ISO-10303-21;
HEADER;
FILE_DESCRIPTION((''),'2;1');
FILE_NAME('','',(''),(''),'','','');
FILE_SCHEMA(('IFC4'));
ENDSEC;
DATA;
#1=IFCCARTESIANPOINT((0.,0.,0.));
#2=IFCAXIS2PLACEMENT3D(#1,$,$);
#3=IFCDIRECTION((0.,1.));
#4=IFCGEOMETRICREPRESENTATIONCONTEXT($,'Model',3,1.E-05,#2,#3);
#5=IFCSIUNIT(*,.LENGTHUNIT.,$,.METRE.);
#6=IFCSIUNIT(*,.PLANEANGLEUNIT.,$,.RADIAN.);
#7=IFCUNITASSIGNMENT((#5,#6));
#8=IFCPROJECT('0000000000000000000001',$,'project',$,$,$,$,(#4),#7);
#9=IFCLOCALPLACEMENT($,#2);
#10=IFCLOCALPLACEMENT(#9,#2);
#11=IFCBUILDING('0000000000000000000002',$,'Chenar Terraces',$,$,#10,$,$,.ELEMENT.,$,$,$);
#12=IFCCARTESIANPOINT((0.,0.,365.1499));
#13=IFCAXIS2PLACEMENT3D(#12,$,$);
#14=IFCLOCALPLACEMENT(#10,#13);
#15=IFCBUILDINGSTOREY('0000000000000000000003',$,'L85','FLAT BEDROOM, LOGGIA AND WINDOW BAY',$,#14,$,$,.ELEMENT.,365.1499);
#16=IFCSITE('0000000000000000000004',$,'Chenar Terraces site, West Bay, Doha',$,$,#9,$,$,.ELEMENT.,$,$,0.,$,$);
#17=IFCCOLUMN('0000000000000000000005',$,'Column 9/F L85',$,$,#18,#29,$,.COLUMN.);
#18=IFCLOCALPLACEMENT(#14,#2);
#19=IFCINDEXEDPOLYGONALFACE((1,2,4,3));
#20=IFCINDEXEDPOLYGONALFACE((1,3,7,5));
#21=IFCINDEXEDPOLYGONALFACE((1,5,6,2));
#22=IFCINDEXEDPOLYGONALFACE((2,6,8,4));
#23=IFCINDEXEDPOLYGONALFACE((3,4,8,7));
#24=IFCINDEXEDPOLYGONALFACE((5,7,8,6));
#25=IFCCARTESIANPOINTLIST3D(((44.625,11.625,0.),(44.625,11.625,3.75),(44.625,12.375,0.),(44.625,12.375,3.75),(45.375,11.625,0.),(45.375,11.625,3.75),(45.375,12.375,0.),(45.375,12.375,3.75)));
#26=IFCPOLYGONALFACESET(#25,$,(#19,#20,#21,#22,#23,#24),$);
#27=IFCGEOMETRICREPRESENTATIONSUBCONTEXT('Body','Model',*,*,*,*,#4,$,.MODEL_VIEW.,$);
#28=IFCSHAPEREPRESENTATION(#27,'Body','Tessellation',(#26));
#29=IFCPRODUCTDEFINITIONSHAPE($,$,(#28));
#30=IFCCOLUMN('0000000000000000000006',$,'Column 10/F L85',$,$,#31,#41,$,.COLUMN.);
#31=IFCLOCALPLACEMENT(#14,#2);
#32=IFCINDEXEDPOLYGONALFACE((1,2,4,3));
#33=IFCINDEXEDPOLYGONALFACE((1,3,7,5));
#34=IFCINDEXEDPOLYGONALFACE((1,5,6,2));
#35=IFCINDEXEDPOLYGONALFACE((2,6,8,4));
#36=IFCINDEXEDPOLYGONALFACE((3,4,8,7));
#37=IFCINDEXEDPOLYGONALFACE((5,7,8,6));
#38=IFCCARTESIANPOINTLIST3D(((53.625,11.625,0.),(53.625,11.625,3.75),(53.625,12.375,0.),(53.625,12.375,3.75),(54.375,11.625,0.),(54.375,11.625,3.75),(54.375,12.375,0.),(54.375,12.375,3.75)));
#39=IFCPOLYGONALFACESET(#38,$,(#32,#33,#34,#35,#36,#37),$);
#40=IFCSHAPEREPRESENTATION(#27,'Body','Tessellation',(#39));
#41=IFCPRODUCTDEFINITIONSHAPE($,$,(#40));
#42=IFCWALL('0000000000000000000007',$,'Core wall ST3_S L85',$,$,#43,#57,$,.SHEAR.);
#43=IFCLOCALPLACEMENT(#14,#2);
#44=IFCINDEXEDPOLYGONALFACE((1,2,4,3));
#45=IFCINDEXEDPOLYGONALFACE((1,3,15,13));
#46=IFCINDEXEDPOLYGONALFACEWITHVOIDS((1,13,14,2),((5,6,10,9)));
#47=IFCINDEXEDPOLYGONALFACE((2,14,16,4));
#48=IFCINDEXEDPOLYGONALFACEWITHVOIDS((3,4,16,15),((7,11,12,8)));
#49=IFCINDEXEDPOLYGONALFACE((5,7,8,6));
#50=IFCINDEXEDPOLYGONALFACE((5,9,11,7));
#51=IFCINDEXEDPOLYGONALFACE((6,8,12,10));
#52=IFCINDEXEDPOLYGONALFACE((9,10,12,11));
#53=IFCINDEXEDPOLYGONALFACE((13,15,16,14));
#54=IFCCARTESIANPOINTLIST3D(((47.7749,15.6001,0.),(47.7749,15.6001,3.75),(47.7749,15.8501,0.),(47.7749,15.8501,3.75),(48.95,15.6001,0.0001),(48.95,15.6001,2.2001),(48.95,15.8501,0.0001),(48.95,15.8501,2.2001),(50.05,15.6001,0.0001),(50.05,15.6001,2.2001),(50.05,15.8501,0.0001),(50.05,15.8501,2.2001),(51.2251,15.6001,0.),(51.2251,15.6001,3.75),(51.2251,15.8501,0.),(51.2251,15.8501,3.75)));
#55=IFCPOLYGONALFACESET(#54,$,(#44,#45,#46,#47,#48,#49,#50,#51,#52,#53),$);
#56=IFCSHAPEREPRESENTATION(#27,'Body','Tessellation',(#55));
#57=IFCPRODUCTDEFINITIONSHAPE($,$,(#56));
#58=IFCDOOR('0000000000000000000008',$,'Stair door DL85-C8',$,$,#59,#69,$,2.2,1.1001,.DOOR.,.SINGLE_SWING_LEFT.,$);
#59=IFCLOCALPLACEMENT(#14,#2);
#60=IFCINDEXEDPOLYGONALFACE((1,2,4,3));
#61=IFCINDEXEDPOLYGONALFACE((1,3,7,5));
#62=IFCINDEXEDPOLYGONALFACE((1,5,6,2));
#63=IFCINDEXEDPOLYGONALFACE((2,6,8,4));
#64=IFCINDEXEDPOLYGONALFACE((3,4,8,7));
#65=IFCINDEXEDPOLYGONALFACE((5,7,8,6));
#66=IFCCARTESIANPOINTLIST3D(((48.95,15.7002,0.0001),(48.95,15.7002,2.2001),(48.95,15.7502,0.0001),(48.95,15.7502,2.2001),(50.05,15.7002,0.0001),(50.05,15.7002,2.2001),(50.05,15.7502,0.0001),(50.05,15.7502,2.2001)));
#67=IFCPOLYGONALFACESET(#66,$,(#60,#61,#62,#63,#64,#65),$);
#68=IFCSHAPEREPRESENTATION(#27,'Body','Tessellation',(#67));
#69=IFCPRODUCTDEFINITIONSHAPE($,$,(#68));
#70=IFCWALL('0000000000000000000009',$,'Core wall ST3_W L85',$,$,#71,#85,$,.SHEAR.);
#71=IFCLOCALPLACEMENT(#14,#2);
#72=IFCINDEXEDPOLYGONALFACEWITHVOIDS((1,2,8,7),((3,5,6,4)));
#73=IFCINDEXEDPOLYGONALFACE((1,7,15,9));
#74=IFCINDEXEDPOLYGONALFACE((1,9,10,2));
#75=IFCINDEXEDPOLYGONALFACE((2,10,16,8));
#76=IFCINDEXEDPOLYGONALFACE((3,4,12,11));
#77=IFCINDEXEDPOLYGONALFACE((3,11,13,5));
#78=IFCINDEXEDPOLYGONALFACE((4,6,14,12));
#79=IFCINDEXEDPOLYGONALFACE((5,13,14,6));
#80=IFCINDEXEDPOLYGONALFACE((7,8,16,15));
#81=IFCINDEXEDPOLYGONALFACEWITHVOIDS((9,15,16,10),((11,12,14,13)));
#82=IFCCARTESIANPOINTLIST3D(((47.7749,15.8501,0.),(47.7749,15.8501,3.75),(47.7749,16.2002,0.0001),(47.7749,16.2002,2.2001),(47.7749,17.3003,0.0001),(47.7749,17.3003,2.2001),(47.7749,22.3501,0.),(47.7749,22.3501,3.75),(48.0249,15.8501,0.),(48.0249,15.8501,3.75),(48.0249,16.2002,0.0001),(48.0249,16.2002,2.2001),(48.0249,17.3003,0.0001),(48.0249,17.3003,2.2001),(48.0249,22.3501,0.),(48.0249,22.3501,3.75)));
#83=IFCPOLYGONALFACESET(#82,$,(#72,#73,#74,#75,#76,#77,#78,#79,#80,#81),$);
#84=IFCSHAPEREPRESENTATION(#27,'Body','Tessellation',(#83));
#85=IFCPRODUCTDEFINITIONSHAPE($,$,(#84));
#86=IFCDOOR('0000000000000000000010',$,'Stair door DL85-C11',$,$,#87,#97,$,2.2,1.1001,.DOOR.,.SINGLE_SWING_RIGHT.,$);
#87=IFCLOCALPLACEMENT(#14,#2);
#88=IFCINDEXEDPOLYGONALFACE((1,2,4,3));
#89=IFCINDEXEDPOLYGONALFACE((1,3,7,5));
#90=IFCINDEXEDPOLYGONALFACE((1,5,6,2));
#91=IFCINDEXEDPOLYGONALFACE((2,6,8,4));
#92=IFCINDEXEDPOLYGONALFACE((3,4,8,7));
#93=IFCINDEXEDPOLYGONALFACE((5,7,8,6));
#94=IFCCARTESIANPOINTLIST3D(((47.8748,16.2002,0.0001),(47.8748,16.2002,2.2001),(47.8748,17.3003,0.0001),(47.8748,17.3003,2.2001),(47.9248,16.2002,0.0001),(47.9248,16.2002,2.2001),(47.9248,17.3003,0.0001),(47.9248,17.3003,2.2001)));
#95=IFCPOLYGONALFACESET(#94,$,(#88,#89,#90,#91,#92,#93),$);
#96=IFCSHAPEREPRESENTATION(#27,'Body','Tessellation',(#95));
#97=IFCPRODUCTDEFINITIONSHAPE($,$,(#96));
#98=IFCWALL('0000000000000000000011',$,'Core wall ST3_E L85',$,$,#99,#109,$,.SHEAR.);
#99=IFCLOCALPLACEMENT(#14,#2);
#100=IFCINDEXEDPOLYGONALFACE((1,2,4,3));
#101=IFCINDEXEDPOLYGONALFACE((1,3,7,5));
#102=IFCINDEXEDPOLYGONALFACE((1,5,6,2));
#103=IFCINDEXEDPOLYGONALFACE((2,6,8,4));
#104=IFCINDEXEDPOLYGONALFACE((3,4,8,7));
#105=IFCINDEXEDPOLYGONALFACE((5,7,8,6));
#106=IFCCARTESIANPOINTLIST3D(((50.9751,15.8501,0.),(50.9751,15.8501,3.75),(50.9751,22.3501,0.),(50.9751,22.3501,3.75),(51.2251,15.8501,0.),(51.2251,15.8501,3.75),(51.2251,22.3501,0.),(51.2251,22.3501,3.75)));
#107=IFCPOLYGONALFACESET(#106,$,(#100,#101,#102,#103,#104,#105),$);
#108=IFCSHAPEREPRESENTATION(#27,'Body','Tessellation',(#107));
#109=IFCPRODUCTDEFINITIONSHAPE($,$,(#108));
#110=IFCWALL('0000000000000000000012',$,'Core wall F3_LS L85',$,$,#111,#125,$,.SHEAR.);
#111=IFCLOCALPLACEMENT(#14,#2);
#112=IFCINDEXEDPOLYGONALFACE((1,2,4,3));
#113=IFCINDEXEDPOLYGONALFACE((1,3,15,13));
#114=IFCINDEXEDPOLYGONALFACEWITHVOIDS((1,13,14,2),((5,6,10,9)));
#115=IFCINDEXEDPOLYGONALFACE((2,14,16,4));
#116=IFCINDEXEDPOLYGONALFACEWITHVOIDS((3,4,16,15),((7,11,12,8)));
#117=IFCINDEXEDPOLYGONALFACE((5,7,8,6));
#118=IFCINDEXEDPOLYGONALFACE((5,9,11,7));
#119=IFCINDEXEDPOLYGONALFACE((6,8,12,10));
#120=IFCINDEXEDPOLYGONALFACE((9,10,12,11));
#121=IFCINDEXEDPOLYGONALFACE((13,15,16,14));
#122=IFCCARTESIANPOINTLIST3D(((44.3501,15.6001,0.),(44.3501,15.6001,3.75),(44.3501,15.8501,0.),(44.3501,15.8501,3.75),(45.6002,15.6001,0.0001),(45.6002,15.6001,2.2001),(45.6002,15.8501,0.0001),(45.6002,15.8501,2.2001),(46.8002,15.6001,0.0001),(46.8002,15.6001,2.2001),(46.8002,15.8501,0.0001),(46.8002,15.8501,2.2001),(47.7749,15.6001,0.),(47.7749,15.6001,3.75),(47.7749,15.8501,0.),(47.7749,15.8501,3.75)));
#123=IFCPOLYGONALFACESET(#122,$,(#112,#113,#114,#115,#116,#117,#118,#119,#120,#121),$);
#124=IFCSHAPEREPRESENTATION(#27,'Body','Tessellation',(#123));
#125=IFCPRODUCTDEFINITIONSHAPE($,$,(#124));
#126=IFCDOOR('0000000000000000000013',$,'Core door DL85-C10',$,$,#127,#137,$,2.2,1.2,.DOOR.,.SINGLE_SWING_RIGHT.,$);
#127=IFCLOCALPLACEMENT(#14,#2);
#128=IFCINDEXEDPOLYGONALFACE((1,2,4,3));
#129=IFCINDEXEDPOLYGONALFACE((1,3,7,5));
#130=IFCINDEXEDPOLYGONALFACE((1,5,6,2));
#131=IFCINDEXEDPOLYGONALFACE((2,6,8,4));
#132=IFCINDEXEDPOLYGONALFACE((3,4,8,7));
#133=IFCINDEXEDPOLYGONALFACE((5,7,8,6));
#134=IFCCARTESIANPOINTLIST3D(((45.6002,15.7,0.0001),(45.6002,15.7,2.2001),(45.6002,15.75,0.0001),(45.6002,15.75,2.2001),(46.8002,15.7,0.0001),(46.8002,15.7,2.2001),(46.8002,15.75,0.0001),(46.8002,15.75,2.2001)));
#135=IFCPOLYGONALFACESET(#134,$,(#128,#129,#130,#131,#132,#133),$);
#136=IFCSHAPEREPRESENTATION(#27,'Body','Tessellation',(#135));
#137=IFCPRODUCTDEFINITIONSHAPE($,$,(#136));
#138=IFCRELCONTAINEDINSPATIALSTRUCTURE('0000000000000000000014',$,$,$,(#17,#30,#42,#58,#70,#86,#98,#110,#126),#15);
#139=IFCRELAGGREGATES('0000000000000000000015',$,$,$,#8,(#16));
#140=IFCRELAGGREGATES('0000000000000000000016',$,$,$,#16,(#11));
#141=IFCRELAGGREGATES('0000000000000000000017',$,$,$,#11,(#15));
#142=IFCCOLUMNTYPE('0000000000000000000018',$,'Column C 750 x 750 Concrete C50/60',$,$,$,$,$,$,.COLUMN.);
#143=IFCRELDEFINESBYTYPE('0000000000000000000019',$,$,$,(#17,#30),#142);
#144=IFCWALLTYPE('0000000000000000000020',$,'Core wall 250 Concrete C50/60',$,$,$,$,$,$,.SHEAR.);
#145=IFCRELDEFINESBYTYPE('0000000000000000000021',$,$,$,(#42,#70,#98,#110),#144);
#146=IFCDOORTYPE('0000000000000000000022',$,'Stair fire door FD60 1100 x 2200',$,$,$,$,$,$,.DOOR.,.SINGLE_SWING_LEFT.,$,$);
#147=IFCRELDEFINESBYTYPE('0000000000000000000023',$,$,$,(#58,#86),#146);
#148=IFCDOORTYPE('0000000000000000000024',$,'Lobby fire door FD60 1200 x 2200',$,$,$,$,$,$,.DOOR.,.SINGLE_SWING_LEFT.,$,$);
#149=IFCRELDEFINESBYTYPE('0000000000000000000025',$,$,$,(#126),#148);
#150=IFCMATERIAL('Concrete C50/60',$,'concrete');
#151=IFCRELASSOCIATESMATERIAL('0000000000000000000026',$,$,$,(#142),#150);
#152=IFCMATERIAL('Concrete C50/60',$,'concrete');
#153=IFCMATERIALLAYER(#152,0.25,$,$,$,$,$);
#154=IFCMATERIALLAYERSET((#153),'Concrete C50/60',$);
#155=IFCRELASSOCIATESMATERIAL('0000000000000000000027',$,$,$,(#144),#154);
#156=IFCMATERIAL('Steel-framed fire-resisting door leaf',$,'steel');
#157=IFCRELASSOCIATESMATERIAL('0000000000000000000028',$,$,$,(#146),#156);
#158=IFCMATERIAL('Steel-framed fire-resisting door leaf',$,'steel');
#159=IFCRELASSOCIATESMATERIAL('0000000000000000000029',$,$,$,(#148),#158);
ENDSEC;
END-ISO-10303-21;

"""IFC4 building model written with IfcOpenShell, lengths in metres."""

from ifc_helpers import new_model, si_unit, direction, frame, frame_2d, origin, origin_2d, place, context, subcontext, project, spatial, rectangle, extrude, material, layer, layer_set, material_profile, profile_set, type_object, element, fill, save


model = new_model("IFC4")

# Units and contexts
model_context = context("Model", 3, precision=1e-05, world=origin(), true_north=direction((0.0, 1.0)))
body_context = subcontext(model_context, "Body", "Model", "MODEL_VIEW")
ifc_project = project(units=[si_unit("LENGTHUNIT", "METRE"), si_unit("PLANEANGLEUNIT", "RADIAN")], contexts=[model_context])

# Site, building, storey
site_placement = place(None, origin())
site = spatial("IfcSite", under=ifc_project, at=site_placement, Name="Chenar Terraces site, West Bay, Doha", CompositionType="ELEMENT", RefElevation=0.0)
building_placement = place(site_placement, origin())
building = spatial("IfcBuilding", under=site, at=building_placement, Name="Chenar Terraces", CompositionType="ELEMENT")
storey_placement = place(building_placement, frame((0.0, 0.0, 365.1499)))
storey = spatial("IfcBuildingStorey", under=building, at=storey_placement, Name="L85", Description="FLAT BEDROOM, LOGGIA AND WINDOW BAY", CompositionType="ELEMENT", Elevation=365.1499)

# Columns
ifc_material_1 = material(Name="Concrete C50/60", Category="concrete")
ifc_material_profile = material_profile(ifc_material_1, rectangle(XDim=0.75, YDim=0.75, at=origin_2d()), Name="C 750 x 750")
ifc_profile_set = profile_set([ifc_material_profile], Name="Concrete C50/60")
column_type = type_object("IfcColumnType", Name="Column C 750 x 750 Concrete C50/60", PredefinedType="COLUMN", material=ifc_profile_set)
for number, where, z_axis, x_axis, name in (
    (1, (45.0, 12.0, 0.0), (0.0, 0.0, 1.0), (1.0, 0.0, 0.0), "Column 9/F L85"),
    (2, (54.0, 12.0, 0.0), (0.0, 0.0, 1.0), (1.0, 0.0, 0.0), "Column 10/F L85"),
):
    element("IfcColumn", number, at=place(storey_placement, frame(where, z_axis=z_axis, x_axis=x_axis)), inside=storey, type_object=column_type, Name=name, PredefinedType="COLUMN", context=body_context, shape_type="SweptSolid", body=[
        extrude(rectangle(XDim=0.75, YDim=0.75, at=origin_2d()), origin(), (0.0, 0.0, 1.0), 3.75),
    ])

# Walls, openings, doors
ifc_material_2 = material(Name="Concrete C50/60", Category="concrete")
ifc_layer_1 = layer(ifc_material_2, 0.25)
ifc_layer_set_1 = layer_set([ifc_layer_1], Name="Concrete C50/60")
wall_type_1 = type_object("IfcWallType", Name="Core wall 250 Concrete C50/60", PredefinedType="SHEAR", material=ifc_layer_set_1)
wall_1_placement = place(storey_placement, frame((47.7749, 15.7251, 0.0), z_axis=(0.0, 0.0, 1.0), x_axis=(1.0, 0.0, 0.0)))
wall_1 = element("IfcWall", 3, at=wall_1_placement, inside=storey, type_object=wall_type_1, Name="Core wall ST3_S L85", PredefinedType="SHEAR", context=body_context, shape_type="SweptSolid", body=[
    extrude(rectangle(XDim=3.4502, YDim=0.25, at=frame_2d((1.7251, 0.0))), origin(), (0.0, 0.0, 1.0), 3.75),
])
opening_1_placement = place(wall_1_placement, frame((1.175, 0.0, 0.0)))
opening_1 = element("IfcOpeningElement", 4, at=opening_1_placement, cuts=wall_1, PredefinedType="OPENING", context=body_context, shape_type="SweptSolid", body=[
    extrude(rectangle(XDim=1.1001, YDim=2.2, at=frame_2d((0.55, 1.1001))), frame((0.0, 0.135, 0.0), z_axis=(0.0, -1.0, 0.0), x_axis=(1.0, 0.0, 0.0)), (0.0, 0.0, 1.0), 0.27),
])
ifc_material_3 = material(Name="Steel-framed fire-resisting door leaf", Category="steel")
door_type_1 = type_object("IfcDoorType", Name="Stair fire door FD60 1100 x 2200", OperationType="SINGLE_SWING_LEFT", PredefinedType="DOOR", material=ifc_material_3)
door_1_placement = place(opening_1_placement, frame((1.1001, 0.0, 0.0), z_axis=(0.0, 0.0, 1.0), x_axis=(-1.0, 0.0, 0.0)))
door_1 = element("IfcDoor", 5, at=door_1_placement, inside=storey, type_object=door_type_1, Name="Stair door DL85-C8", OperationType="SINGLE_SWING_LEFT", OverallHeight=2.2, OverallWidth=1.1001, PredefinedType="DOOR", context=body_context, shape_type="SweptSolid", body=[
    extrude(rectangle(XDim=1.1001, YDim=2.2, at=frame_2d((0.55, 1.1001))), frame((0.0, 0.0249, 0.0), z_axis=(0.0, -1.0, 0.0), x_axis=(1.0, 0.0, 0.0)), (0.0, 0.0, 1.0), 0.05),
])
fill(opening_1, door_1)
wall_2_placement = place(storey_placement, frame((47.8999, 15.8501, 0.0), z_axis=(0.0, 0.0, 1.0), x_axis=(0.0, 1.0, 0.0)))
wall_2 = element("IfcWall", 6, at=wall_2_placement, inside=storey, type_object=wall_type_1, Name="Core wall ST3_W L85", PredefinedType="SHEAR", context=body_context, shape_type="SweptSolid", body=[
    extrude(rectangle(XDim=6.5, YDim=0.25, at=frame_2d((3.25, 0.0))), origin(), (0.0, 0.0, 1.0), 3.75),
])
opening_2_placement = place(wall_2_placement, frame((0.3501, 0.0, 0.0)))
opening_2 = element("IfcOpeningElement", 7, at=opening_2_placement, cuts=wall_2, PredefinedType="OPENING", context=body_context, shape_type="SweptSolid", body=[
    extrude(rectangle(XDim=1.1001, YDim=2.2, at=frame_2d((0.55, 1.1001))), frame((0.0, 0.135, 0.0), z_axis=(0.0, -1.0, 0.0), x_axis=(1.0, 0.0, 0.0)), (0.0, 0.0, 1.0), 0.27),
])
door_2_placement = place(opening_2_placement, frame((1.1001, 0.0, 0.0), z_axis=(0.0, 0.0, 1.0), x_axis=(-1.0, 0.0, 0.0)))
door_2 = element("IfcDoor", 8, at=door_2_placement, inside=storey, type_object=door_type_1, Name="Stair door DL85-C11", OperationType="SINGLE_SWING_RIGHT", OverallHeight=2.2, OverallWidth=1.1001, PredefinedType="DOOR", context=body_context, shape_type="SweptSolid", body=[
    extrude(rectangle(XDim=1.1001, YDim=2.2, at=frame_2d((0.55, 1.1001))), frame((0.0, 0.0249, 0.0), z_axis=(0.0, -1.0, 0.0), x_axis=(1.0, 0.0, 0.0)), (0.0, 0.0, 1.0), 0.05),
])
fill(opening_2, door_2)

# Wall
wall_3_placement = place(storey_placement, frame((51.1001, 15.8501, 0.0), z_axis=(0.0, 0.0, 1.0), x_axis=(0.0, 1.0, 0.0)))
element("IfcWall", 9, at=wall_3_placement, inside=storey, type_object=wall_type_1, Name="Core wall ST3_E L85", PredefinedType="SHEAR", context=body_context, shape_type="SweptSolid", body=[
    extrude(rectangle(XDim=6.5, YDim=0.25, at=frame_2d((3.25, 0.0))), origin(), (0.0, 0.0, 1.0), 3.75),
])

# Wall, opening, door
wall_4_placement = place(storey_placement, frame((44.3501, 15.7251, 0.0), z_axis=(0.0, 0.0, 1.0), x_axis=(1.0, 0.0, 0.0)))
wall_4 = element("IfcWall", 10, at=wall_4_placement, inside=storey, type_object=wall_type_1, Name="Core wall F3_LS L85", PredefinedType="SHEAR", context=body_context, shape_type="SweptSolid", body=[
    extrude(rectangle(XDim=3.4248, YDim=0.25, at=frame_2d((1.7124, 0.0))), origin(), (0.0, 0.0, 1.0), 3.75),
])
opening_3_placement = place(wall_4_placement, frame((1.25, 0.0, 0.0)))
opening_3 = element("IfcOpeningElement", 11, at=opening_3_placement, cuts=wall_4, PredefinedType="OPENING", context=body_context, shape_type="SweptSolid", body=[
    extrude(rectangle(XDim=1.2, YDim=2.2, at=frame_2d((0.6001, 1.1001))), frame((0.0, 0.135, 0.0), z_axis=(0.0, -1.0, 0.0), x_axis=(1.0, 0.0, 0.0)), (0.0, 0.0, 1.0), 0.27),
])
ifc_material_4 = material(Name="Steel-framed fire-resisting door leaf", Category="steel")
door_type_2 = type_object("IfcDoorType", Name="Lobby fire door FD60 1200 x 2200", OperationType="SINGLE_SWING_LEFT", PredefinedType="DOOR", material=ifc_material_4)
door_3_placement = place(opening_3_placement, origin())
door_3 = element("IfcDoor", 12, at=door_3_placement, inside=storey, type_object=door_type_2, Name="Core door DL85-C10", OperationType="SINGLE_SWING_RIGHT", OverallHeight=2.2, OverallWidth=1.2, PredefinedType="DOOR", context=body_context, shape_type="SweptSolid", body=[
    extrude(rectangle(XDim=1.2, YDim=2.2, at=frame_2d((0.6001, 1.1001))), frame((0.0, 0.0249, 0.0), z_axis=(0.0, -1.0, 0.0), x_axis=(1.0, 0.0, 0.0)), (0.0, 0.0, 1.0), 0.05),
])
fill(opening_3, door_3)

save(model, "model.ifc")
